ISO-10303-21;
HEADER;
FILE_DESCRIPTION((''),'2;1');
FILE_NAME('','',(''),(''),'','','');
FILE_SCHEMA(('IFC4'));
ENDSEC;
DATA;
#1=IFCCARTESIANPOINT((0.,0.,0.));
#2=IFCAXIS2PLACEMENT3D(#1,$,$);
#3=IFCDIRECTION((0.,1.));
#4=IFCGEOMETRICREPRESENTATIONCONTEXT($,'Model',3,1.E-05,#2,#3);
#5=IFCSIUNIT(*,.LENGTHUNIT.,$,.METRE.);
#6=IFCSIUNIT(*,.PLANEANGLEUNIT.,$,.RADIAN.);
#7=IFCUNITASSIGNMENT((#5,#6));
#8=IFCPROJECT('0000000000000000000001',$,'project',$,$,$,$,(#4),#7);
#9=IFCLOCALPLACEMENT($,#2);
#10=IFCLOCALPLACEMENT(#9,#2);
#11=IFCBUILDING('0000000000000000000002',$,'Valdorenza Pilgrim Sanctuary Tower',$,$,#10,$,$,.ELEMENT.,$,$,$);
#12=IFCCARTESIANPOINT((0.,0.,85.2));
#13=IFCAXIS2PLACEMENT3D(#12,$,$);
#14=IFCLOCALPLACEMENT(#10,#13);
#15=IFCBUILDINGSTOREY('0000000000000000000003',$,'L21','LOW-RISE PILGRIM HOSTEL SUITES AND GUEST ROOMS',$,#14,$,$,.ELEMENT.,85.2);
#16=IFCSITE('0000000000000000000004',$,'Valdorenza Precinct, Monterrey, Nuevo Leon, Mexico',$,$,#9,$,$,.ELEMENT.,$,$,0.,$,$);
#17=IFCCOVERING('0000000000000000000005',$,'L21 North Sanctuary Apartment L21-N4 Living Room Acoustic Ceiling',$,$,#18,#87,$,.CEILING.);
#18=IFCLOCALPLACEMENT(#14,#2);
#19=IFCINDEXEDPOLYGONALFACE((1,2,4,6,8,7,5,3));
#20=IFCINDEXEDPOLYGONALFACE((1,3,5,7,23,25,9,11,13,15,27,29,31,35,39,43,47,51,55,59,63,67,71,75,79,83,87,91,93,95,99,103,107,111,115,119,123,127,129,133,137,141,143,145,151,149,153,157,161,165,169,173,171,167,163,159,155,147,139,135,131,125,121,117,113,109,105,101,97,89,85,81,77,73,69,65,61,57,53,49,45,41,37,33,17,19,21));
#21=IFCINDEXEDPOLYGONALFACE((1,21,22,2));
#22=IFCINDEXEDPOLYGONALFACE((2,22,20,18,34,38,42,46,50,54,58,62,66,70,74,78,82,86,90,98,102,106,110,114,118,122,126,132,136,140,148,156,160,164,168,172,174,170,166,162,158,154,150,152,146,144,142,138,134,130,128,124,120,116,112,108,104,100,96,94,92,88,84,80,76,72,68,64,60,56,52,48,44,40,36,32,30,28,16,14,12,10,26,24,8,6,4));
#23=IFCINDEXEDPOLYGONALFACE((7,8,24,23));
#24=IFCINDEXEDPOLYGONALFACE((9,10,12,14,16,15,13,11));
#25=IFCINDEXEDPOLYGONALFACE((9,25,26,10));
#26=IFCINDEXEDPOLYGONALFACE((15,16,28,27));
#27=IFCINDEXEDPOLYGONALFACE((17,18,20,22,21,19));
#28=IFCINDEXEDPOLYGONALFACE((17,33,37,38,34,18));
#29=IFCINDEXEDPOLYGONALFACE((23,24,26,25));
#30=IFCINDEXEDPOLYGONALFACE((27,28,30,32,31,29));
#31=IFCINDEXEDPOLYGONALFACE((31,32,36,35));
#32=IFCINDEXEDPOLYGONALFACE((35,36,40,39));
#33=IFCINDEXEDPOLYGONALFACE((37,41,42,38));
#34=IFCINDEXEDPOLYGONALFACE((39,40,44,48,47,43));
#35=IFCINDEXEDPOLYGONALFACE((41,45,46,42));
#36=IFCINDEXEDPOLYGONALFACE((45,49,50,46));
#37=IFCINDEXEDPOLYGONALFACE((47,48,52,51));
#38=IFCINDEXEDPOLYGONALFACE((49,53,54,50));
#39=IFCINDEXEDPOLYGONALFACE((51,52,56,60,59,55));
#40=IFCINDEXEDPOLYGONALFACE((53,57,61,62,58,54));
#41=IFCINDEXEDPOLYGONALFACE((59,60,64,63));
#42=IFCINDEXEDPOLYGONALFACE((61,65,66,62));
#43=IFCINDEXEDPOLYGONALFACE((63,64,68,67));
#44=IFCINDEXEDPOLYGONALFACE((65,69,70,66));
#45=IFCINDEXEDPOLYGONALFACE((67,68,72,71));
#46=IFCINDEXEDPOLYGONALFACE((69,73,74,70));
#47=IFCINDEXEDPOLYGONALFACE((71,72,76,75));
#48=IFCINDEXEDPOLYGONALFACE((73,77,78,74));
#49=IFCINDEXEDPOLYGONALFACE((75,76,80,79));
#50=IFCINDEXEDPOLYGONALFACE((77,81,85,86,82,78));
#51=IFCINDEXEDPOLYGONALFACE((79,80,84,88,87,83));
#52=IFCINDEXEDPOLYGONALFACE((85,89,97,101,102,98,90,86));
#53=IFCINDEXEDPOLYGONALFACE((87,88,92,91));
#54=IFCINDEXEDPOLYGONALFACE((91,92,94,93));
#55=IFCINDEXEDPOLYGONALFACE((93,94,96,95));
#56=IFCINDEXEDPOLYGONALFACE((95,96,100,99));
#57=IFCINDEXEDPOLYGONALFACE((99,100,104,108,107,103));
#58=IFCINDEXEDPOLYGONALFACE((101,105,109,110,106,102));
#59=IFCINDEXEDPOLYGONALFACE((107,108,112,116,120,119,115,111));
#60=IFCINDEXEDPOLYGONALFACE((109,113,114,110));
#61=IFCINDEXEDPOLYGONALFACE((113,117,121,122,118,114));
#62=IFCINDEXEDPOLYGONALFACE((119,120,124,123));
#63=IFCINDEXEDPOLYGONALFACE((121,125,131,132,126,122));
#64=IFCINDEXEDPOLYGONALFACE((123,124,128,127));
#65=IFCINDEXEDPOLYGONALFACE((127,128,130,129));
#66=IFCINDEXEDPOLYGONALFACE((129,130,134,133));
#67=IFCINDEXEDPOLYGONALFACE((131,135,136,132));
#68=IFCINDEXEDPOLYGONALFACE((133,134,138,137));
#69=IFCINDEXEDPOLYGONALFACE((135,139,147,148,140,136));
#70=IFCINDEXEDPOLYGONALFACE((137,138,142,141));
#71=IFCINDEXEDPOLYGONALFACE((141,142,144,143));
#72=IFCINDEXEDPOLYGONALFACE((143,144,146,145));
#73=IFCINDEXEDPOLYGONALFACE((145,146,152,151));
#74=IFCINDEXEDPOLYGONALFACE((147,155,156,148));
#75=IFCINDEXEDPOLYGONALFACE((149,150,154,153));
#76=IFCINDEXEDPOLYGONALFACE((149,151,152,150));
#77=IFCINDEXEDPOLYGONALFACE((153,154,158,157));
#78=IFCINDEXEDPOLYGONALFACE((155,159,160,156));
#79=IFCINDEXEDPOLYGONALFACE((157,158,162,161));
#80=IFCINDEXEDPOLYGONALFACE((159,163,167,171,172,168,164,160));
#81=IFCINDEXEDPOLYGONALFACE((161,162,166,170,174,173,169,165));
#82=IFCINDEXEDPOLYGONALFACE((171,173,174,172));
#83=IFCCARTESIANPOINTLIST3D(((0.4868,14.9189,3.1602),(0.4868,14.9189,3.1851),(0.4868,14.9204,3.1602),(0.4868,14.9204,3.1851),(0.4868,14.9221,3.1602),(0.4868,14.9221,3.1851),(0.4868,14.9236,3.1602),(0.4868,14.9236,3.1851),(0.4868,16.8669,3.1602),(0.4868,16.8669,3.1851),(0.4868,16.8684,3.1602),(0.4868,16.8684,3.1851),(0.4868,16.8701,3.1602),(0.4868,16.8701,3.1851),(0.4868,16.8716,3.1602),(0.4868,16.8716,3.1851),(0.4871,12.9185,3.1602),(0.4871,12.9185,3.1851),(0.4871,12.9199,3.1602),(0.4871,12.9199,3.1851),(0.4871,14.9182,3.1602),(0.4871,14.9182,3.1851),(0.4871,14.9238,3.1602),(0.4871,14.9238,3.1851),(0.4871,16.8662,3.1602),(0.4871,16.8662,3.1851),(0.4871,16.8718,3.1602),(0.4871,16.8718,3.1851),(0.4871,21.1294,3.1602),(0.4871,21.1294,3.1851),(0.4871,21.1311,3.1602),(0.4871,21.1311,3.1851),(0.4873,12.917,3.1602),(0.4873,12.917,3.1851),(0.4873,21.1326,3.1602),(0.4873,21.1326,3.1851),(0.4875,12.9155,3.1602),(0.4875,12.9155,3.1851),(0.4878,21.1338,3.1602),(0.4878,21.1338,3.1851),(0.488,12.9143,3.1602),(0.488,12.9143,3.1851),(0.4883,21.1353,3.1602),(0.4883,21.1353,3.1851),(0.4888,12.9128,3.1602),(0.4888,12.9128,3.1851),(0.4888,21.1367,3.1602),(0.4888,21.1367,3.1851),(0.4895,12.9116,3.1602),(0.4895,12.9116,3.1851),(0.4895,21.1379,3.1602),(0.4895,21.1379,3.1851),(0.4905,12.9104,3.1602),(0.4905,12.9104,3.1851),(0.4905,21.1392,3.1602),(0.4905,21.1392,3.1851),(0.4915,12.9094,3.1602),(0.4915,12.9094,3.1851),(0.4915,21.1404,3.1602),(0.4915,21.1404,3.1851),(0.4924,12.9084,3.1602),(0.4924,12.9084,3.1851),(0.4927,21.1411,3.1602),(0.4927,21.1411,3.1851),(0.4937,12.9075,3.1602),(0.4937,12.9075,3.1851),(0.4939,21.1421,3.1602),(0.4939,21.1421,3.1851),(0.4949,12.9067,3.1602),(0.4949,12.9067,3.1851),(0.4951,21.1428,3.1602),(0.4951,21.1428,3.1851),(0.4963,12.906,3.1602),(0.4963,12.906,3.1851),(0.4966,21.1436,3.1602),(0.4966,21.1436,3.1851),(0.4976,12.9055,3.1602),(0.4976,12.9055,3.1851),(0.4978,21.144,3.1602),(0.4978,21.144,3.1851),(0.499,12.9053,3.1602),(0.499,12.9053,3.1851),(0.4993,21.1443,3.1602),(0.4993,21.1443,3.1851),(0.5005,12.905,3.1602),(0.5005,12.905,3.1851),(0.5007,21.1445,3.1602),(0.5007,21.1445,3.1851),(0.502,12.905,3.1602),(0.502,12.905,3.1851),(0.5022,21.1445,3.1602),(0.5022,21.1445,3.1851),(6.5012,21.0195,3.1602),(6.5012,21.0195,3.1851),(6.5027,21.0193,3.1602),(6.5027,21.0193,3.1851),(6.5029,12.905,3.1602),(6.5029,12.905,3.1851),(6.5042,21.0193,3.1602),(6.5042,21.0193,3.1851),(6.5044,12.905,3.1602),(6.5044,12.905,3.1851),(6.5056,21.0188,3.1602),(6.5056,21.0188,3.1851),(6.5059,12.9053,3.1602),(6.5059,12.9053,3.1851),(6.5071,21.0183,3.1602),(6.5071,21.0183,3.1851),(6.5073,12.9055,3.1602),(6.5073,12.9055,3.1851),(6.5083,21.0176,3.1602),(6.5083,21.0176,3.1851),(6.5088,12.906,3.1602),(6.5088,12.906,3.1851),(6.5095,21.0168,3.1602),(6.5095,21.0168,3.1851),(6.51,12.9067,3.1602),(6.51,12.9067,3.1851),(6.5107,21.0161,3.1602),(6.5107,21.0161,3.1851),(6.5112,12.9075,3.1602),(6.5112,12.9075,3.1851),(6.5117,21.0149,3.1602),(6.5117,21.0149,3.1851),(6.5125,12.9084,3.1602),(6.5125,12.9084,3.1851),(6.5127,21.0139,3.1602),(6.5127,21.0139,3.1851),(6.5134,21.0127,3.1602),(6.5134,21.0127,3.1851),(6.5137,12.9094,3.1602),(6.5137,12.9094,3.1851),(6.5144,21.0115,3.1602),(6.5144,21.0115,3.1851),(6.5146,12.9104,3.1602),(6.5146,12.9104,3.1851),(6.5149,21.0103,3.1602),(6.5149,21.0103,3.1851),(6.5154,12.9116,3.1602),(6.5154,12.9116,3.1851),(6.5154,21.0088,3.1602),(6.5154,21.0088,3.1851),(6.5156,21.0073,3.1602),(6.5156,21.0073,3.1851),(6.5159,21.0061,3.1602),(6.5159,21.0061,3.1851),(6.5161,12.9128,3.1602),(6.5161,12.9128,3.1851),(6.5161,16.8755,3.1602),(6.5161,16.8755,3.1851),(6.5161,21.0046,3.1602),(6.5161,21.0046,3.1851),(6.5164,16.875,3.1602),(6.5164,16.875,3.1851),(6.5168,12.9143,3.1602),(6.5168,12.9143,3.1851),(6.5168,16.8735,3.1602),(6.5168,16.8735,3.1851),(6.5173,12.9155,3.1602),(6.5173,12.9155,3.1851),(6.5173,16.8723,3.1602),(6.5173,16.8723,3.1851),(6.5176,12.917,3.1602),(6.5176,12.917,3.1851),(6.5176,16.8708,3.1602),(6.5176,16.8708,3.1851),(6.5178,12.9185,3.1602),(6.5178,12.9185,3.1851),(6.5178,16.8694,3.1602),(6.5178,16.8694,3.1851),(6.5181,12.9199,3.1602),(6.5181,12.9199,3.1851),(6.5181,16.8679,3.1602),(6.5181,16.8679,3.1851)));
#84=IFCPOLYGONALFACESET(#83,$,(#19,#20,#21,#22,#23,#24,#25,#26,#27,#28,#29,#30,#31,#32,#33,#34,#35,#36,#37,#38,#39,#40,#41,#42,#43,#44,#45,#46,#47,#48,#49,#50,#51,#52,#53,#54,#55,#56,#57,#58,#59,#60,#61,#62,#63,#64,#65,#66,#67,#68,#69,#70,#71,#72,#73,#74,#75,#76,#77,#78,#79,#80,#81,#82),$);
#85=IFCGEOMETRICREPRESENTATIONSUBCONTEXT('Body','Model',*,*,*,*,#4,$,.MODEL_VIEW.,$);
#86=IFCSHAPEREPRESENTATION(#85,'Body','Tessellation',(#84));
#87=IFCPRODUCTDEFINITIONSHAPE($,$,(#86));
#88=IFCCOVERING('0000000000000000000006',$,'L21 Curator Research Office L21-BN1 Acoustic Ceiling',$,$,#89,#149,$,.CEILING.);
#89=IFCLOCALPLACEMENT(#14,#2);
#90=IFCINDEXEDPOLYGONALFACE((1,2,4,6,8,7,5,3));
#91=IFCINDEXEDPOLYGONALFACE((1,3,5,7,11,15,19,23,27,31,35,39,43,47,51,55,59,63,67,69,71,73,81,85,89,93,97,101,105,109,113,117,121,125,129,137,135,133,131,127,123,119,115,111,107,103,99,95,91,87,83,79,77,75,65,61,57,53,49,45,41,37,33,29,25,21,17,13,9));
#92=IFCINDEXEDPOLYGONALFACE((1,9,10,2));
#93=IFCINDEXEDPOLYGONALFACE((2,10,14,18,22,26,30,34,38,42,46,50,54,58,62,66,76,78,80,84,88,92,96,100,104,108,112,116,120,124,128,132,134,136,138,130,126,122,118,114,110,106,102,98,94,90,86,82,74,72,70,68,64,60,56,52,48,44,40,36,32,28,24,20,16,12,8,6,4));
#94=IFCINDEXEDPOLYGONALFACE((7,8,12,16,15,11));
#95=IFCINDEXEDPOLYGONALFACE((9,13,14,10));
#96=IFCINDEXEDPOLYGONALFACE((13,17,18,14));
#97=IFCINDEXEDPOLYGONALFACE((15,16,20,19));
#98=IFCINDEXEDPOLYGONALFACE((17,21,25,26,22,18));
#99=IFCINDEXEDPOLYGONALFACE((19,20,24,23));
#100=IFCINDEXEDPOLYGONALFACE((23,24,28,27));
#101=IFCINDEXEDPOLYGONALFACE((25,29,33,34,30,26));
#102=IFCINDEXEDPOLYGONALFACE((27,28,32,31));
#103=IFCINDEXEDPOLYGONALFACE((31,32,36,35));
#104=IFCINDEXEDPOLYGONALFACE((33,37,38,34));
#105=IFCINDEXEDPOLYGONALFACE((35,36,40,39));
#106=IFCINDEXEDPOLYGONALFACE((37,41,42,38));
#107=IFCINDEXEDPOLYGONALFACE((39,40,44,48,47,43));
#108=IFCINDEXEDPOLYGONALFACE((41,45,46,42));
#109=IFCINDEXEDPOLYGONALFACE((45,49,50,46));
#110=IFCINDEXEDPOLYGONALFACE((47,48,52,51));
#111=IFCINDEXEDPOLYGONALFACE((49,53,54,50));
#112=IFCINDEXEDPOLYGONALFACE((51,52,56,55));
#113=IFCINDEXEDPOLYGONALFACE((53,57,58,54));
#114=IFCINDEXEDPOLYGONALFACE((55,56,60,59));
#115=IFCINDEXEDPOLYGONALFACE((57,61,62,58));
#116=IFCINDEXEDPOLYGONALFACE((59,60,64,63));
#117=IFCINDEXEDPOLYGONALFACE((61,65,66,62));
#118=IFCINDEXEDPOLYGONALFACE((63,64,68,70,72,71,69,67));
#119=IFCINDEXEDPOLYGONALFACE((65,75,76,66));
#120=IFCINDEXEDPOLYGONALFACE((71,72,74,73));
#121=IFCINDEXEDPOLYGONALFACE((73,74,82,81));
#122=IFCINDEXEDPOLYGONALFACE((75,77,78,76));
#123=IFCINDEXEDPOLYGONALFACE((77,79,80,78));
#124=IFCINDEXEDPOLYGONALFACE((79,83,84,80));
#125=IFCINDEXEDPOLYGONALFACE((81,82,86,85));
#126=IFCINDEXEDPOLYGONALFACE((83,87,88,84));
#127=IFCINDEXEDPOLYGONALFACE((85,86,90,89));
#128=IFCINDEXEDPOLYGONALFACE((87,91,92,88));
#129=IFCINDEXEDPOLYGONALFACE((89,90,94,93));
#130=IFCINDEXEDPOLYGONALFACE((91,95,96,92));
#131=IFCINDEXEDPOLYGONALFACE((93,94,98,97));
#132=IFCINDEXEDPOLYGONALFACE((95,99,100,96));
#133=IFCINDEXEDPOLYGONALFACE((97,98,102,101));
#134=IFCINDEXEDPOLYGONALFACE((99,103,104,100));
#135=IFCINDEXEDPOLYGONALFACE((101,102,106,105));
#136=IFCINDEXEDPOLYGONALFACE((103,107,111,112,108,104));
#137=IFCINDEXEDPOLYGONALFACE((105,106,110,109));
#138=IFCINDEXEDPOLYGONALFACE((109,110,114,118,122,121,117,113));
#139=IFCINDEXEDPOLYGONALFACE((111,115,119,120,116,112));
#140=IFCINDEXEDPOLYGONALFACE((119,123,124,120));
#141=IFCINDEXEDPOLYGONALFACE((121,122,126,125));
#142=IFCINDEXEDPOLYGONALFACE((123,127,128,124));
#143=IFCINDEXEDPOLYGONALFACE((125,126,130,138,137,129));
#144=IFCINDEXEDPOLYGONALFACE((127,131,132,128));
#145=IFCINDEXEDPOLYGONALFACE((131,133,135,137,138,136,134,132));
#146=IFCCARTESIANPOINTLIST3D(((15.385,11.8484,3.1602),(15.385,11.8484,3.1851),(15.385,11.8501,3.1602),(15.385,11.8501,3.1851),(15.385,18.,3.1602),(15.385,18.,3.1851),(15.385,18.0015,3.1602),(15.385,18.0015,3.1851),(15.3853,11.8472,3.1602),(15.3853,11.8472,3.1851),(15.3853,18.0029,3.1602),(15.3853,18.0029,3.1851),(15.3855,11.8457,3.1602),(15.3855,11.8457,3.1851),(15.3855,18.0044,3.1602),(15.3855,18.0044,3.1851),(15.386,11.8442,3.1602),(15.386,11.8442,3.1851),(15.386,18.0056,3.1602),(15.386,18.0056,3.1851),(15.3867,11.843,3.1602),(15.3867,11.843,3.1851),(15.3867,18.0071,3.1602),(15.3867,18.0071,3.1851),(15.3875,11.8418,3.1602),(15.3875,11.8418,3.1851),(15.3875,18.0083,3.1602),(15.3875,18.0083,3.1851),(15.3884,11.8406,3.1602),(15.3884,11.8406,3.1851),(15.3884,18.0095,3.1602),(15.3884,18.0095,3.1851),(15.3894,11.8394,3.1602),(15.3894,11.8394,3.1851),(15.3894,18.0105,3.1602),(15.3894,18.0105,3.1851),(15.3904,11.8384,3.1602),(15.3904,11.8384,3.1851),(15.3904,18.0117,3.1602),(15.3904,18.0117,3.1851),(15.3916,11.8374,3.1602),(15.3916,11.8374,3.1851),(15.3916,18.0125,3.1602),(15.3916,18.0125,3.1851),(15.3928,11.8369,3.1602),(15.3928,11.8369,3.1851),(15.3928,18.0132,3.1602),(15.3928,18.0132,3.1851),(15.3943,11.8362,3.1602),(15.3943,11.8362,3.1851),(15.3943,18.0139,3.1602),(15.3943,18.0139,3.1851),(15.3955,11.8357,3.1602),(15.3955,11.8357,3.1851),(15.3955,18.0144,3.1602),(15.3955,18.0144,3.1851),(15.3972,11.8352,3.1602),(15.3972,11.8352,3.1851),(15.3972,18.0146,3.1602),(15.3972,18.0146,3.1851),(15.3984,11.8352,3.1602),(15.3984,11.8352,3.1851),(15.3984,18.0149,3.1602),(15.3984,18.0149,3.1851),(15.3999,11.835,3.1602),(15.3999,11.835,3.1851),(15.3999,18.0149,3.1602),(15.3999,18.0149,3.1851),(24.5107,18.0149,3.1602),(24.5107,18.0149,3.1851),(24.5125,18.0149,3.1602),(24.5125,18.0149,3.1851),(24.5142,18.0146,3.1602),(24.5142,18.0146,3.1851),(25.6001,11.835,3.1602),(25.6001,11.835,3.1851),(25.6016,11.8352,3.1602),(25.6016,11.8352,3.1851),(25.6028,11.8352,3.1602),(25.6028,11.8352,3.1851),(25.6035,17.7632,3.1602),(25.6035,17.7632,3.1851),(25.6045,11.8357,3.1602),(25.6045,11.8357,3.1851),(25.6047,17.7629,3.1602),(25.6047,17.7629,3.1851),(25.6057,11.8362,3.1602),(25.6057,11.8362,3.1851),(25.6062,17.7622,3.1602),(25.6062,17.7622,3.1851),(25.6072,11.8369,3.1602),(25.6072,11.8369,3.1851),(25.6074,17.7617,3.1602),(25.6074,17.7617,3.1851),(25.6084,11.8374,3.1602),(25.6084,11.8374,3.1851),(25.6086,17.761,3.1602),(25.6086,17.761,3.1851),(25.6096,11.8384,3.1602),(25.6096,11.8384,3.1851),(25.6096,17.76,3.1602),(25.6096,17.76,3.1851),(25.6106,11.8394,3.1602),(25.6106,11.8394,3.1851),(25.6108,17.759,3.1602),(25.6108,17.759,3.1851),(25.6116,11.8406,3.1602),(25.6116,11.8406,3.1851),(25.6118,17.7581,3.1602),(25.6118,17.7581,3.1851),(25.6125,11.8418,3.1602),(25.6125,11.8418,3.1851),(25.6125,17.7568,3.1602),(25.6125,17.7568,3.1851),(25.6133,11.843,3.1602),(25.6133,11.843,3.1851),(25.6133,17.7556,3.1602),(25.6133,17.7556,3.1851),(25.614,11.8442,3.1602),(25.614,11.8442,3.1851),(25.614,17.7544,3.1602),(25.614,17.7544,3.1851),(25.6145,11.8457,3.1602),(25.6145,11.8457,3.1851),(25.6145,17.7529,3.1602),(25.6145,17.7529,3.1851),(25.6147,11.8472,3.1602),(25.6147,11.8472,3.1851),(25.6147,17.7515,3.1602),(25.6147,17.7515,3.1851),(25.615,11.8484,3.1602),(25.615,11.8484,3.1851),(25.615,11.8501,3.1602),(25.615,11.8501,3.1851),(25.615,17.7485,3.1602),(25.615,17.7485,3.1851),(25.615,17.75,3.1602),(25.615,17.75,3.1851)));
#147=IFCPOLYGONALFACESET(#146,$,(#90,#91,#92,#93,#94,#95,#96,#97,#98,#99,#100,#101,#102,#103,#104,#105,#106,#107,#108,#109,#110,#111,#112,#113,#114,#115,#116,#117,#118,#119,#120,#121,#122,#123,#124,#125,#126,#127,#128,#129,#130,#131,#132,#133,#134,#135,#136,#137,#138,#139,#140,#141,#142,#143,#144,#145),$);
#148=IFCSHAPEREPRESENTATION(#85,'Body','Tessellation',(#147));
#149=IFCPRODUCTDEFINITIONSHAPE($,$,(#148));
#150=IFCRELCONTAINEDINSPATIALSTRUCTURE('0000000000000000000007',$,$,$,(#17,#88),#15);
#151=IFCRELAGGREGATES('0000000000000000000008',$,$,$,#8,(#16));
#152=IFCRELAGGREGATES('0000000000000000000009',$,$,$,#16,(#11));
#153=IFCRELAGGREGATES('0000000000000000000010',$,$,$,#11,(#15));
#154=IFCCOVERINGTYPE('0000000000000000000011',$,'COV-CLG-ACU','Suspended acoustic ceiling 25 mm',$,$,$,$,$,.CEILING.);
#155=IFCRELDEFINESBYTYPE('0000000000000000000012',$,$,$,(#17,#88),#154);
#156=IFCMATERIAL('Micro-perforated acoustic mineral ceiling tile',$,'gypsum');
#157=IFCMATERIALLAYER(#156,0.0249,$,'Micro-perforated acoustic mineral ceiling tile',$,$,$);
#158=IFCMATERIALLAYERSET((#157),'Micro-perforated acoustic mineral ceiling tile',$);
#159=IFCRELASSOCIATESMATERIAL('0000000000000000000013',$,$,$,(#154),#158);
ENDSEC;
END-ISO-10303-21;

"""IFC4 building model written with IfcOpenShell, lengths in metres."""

from ifc_helpers import new_model, si_unit, direction, frame, origin, place, context, subcontext, project, spatial, polyline, outline, extrude, material, layer, layer_set, type_object, element, save


model = new_model("IFC4")

# Units and contexts
model_context = context("Model", 3, precision=1e-05, world=origin(), true_north=direction((0.0, 1.0)))
body_context = subcontext(model_context, "Body", "Model", "MODEL_VIEW")
ifc_project = project(units=[si_unit("LENGTHUNIT", "METRE"), si_unit("PLANEANGLEUNIT", "RADIAN")], contexts=[model_context])

# Site, building, storey
site_placement = place(None, origin())
site = spatial("IfcSite", under=ifc_project, at=site_placement, Name="Valdorenza Precinct, Monterrey, Nuevo Leon, Mexico", CompositionType="ELEMENT", RefElevation=0.0)
building_placement = place(site_placement, origin())
building = spatial("IfcBuilding", under=site, at=building_placement, Name="Valdorenza Pilgrim Sanctuary Tower", CompositionType="ELEMENT")
storey_placement = place(building_placement, frame((0.0, 0.0, 85.2)))
storey = spatial("IfcBuildingStorey", under=building, at=storey_placement, Name="L21", Description="LOW-RISE PILGRIM HOSTEL SUITES AND GUEST ROOMS", CompositionType="ELEMENT", Elevation=85.2)

# Coverings
ifc_material_1 = material(Name="Micro-perforated acoustic mineral ceiling tile", Category="gypsum")
ifc_layer_1 = layer(ifc_material_1, 0.0249, Name="Micro-perforated acoustic mineral ceiling tile")
ifc_layer_set_1 = layer_set([ifc_layer_1], Name="Micro-perforated acoustic mineral ceiling tile")
covering_type_1 = type_object("IfcCoveringType", Name="COV-CLG-ACU", Description="Suspended acoustic ceiling 25 mm", PredefinedType="CEILING", material=ifc_layer_set_1)
covering_1_placement = place(storey_placement, frame((0.0, 0.0, 3.1602)))
element("IfcCovering", 1, at=covering_1_placement, inside=storey, type_object=covering_type_1, Name="L21 North Sanctuary Apartment L21-N4 Living Room Acoustic Ceiling", PredefinedType="CEILING", context=body_context, shape_type="SweptSolid", body=[
    extrude(outline(polyline([(0.4871, 14.9182), (0.4868, 14.9189), (0.4868, 14.9204), (0.4868, 14.9221), (0.4868, 14.9236), (0.4871, 14.9238), (0.4871, 16.8662), (0.4868, 16.8669), (0.4868, 16.8684), (0.4868, 16.8701), (0.4868, 16.8716), (0.4871, 16.8718), (0.4871, 21.1294), (0.4871, 21.1311), (0.4873, 21.1326), (0.4878, 21.1338), (0.4883, 21.1353), (0.4888, 21.1367), (0.4895, 21.1379), (0.4905, 21.1392), (0.4915, 21.1404), (0.4927, 21.1411), (0.4939, 21.1421), (0.4951, 21.1428), (0.4966, 21.1436), (0.4978, 21.144), (0.4993, 21.1443), (0.5007, 21.1445), (0.5022, 21.1445), (6.5012, 21.0195), (6.5027, 21.0193), (6.5042, 21.0193), (6.5056, 21.0188), (6.5071, 21.0183), (6.5083, 21.0176), (6.5095, 21.0168), (6.5107, 21.0161), (6.5117, 21.0149), (6.5127, 21.0139), (6.5134, 21.0127), (6.5144, 21.0115), (6.5149, 21.0103), (6.5154, 21.0088), (6.5156, 21.0073), (6.5159, 21.0061), (6.5161, 21.0046), (6.5161, 16.8755), (6.5164, 16.875), (6.5168, 16.8735), (6.5173, 16.8723), (6.5176, 16.8708), (6.5178, 16.8694), (6.5181, 16.8679), (6.5181, 12.9199), (6.5178, 12.9185), (6.5176, 12.917), (6.5173, 12.9155), (6.5168, 12.9143), (6.5161, 12.9128), (6.5154, 12.9116), (6.5146, 12.9104), (6.5137, 12.9094), (6.5125, 12.9084), (6.5112, 12.9075), (6.51, 12.9067), (6.5088, 12.906), (6.5073, 12.9055), (6.5059, 12.9053), (6.5044, 12.905), (6.5029, 12.905), (0.502, 12.905), (0.5005, 12.905), (0.499, 12.9053), (0.4976, 12.9055), (0.4963, 12.906), (0.4949, 12.9067), (0.4937, 12.9075), (0.4924, 12.9084), (0.4915, 12.9094), (0.4905, 12.9104), (0.4895, 12.9116), (0.4888, 12.9128), (0.488, 12.9143), (0.4875, 12.9155), (0.4873, 12.917), (0.4871, 12.9185), (0.4871, 12.9199), (0.4871, 14.9182)])), origin(), (0.0, 0.0, 1.0), 0.0249),
])
covering_2_placement = place(storey_placement, frame((0.0, 0.0, 3.1602)))
element("IfcCovering", 2, at=covering_2_placement, inside=storey, type_object=covering_type_1, Name="L21 Curator Research Office L21-BN1 Acoustic Ceiling", PredefinedType="CEILING", context=body_context, shape_type="SweptSolid", body=[
    extrude(outline(polyline([(15.3999, 11.835), (15.3984, 11.8352), (15.3972, 11.8352), (15.3955, 11.8357), (15.3943, 11.8362), (15.3928, 11.8369), (15.3916, 11.8374), (15.3904, 11.8384), (15.3894, 11.8394), (15.3884, 11.8406), (15.3875, 11.8418), (15.3867, 11.843), (15.386, 11.8442), (15.3855, 11.8457), (15.3853, 11.8472), (15.385, 11.8484), (15.385, 11.8501), (15.385, 18.0), (15.385, 18.0015), (15.3853, 18.0029), (15.3855, 18.0044), (15.386, 18.0056), (15.3867, 18.0071), (15.3875, 18.0083), (15.3884, 18.0095), (15.3894, 18.0105), (15.3904, 18.0117), (15.3916, 18.0125), (15.3928, 18.0132), (15.3943, 18.0139), (15.3955, 18.0144), (15.3972, 18.0146), (15.3984, 18.0149), (15.3999, 18.0149), (24.5107, 18.0149), (24.5125, 18.0149), (24.5142, 18.0146), (25.6035, 17.7632), (25.6047, 17.7629), (25.6062, 17.7622), (25.6074, 17.7617), (25.6086, 17.761), (25.6096, 17.76), (25.6108, 17.759), (25.6118, 17.7581), (25.6125, 17.7568), (25.6133, 17.7556), (25.614, 17.7544), (25.6145, 17.7529), (25.6147, 17.7515), (25.615, 17.75), (25.615, 17.7485), (25.615, 11.8501), (25.615, 11.8484), (25.6147, 11.8472), (25.6145, 11.8457), (25.614, 11.8442), (25.6133, 11.843), (25.6125, 11.8418), (25.6116, 11.8406), (25.6106, 11.8394), (25.6096, 11.8384), (25.6084, 11.8374), (25.6072, 11.8369), (25.6057, 11.8362), (25.6045, 11.8357), (25.6028, 11.8352), (25.6016, 11.8352), (25.6001, 11.835), (15.3999, 11.835)])), origin(), (0.0, 0.0, 1.0), 0.0249),
])

save(model, "model.ifc")
